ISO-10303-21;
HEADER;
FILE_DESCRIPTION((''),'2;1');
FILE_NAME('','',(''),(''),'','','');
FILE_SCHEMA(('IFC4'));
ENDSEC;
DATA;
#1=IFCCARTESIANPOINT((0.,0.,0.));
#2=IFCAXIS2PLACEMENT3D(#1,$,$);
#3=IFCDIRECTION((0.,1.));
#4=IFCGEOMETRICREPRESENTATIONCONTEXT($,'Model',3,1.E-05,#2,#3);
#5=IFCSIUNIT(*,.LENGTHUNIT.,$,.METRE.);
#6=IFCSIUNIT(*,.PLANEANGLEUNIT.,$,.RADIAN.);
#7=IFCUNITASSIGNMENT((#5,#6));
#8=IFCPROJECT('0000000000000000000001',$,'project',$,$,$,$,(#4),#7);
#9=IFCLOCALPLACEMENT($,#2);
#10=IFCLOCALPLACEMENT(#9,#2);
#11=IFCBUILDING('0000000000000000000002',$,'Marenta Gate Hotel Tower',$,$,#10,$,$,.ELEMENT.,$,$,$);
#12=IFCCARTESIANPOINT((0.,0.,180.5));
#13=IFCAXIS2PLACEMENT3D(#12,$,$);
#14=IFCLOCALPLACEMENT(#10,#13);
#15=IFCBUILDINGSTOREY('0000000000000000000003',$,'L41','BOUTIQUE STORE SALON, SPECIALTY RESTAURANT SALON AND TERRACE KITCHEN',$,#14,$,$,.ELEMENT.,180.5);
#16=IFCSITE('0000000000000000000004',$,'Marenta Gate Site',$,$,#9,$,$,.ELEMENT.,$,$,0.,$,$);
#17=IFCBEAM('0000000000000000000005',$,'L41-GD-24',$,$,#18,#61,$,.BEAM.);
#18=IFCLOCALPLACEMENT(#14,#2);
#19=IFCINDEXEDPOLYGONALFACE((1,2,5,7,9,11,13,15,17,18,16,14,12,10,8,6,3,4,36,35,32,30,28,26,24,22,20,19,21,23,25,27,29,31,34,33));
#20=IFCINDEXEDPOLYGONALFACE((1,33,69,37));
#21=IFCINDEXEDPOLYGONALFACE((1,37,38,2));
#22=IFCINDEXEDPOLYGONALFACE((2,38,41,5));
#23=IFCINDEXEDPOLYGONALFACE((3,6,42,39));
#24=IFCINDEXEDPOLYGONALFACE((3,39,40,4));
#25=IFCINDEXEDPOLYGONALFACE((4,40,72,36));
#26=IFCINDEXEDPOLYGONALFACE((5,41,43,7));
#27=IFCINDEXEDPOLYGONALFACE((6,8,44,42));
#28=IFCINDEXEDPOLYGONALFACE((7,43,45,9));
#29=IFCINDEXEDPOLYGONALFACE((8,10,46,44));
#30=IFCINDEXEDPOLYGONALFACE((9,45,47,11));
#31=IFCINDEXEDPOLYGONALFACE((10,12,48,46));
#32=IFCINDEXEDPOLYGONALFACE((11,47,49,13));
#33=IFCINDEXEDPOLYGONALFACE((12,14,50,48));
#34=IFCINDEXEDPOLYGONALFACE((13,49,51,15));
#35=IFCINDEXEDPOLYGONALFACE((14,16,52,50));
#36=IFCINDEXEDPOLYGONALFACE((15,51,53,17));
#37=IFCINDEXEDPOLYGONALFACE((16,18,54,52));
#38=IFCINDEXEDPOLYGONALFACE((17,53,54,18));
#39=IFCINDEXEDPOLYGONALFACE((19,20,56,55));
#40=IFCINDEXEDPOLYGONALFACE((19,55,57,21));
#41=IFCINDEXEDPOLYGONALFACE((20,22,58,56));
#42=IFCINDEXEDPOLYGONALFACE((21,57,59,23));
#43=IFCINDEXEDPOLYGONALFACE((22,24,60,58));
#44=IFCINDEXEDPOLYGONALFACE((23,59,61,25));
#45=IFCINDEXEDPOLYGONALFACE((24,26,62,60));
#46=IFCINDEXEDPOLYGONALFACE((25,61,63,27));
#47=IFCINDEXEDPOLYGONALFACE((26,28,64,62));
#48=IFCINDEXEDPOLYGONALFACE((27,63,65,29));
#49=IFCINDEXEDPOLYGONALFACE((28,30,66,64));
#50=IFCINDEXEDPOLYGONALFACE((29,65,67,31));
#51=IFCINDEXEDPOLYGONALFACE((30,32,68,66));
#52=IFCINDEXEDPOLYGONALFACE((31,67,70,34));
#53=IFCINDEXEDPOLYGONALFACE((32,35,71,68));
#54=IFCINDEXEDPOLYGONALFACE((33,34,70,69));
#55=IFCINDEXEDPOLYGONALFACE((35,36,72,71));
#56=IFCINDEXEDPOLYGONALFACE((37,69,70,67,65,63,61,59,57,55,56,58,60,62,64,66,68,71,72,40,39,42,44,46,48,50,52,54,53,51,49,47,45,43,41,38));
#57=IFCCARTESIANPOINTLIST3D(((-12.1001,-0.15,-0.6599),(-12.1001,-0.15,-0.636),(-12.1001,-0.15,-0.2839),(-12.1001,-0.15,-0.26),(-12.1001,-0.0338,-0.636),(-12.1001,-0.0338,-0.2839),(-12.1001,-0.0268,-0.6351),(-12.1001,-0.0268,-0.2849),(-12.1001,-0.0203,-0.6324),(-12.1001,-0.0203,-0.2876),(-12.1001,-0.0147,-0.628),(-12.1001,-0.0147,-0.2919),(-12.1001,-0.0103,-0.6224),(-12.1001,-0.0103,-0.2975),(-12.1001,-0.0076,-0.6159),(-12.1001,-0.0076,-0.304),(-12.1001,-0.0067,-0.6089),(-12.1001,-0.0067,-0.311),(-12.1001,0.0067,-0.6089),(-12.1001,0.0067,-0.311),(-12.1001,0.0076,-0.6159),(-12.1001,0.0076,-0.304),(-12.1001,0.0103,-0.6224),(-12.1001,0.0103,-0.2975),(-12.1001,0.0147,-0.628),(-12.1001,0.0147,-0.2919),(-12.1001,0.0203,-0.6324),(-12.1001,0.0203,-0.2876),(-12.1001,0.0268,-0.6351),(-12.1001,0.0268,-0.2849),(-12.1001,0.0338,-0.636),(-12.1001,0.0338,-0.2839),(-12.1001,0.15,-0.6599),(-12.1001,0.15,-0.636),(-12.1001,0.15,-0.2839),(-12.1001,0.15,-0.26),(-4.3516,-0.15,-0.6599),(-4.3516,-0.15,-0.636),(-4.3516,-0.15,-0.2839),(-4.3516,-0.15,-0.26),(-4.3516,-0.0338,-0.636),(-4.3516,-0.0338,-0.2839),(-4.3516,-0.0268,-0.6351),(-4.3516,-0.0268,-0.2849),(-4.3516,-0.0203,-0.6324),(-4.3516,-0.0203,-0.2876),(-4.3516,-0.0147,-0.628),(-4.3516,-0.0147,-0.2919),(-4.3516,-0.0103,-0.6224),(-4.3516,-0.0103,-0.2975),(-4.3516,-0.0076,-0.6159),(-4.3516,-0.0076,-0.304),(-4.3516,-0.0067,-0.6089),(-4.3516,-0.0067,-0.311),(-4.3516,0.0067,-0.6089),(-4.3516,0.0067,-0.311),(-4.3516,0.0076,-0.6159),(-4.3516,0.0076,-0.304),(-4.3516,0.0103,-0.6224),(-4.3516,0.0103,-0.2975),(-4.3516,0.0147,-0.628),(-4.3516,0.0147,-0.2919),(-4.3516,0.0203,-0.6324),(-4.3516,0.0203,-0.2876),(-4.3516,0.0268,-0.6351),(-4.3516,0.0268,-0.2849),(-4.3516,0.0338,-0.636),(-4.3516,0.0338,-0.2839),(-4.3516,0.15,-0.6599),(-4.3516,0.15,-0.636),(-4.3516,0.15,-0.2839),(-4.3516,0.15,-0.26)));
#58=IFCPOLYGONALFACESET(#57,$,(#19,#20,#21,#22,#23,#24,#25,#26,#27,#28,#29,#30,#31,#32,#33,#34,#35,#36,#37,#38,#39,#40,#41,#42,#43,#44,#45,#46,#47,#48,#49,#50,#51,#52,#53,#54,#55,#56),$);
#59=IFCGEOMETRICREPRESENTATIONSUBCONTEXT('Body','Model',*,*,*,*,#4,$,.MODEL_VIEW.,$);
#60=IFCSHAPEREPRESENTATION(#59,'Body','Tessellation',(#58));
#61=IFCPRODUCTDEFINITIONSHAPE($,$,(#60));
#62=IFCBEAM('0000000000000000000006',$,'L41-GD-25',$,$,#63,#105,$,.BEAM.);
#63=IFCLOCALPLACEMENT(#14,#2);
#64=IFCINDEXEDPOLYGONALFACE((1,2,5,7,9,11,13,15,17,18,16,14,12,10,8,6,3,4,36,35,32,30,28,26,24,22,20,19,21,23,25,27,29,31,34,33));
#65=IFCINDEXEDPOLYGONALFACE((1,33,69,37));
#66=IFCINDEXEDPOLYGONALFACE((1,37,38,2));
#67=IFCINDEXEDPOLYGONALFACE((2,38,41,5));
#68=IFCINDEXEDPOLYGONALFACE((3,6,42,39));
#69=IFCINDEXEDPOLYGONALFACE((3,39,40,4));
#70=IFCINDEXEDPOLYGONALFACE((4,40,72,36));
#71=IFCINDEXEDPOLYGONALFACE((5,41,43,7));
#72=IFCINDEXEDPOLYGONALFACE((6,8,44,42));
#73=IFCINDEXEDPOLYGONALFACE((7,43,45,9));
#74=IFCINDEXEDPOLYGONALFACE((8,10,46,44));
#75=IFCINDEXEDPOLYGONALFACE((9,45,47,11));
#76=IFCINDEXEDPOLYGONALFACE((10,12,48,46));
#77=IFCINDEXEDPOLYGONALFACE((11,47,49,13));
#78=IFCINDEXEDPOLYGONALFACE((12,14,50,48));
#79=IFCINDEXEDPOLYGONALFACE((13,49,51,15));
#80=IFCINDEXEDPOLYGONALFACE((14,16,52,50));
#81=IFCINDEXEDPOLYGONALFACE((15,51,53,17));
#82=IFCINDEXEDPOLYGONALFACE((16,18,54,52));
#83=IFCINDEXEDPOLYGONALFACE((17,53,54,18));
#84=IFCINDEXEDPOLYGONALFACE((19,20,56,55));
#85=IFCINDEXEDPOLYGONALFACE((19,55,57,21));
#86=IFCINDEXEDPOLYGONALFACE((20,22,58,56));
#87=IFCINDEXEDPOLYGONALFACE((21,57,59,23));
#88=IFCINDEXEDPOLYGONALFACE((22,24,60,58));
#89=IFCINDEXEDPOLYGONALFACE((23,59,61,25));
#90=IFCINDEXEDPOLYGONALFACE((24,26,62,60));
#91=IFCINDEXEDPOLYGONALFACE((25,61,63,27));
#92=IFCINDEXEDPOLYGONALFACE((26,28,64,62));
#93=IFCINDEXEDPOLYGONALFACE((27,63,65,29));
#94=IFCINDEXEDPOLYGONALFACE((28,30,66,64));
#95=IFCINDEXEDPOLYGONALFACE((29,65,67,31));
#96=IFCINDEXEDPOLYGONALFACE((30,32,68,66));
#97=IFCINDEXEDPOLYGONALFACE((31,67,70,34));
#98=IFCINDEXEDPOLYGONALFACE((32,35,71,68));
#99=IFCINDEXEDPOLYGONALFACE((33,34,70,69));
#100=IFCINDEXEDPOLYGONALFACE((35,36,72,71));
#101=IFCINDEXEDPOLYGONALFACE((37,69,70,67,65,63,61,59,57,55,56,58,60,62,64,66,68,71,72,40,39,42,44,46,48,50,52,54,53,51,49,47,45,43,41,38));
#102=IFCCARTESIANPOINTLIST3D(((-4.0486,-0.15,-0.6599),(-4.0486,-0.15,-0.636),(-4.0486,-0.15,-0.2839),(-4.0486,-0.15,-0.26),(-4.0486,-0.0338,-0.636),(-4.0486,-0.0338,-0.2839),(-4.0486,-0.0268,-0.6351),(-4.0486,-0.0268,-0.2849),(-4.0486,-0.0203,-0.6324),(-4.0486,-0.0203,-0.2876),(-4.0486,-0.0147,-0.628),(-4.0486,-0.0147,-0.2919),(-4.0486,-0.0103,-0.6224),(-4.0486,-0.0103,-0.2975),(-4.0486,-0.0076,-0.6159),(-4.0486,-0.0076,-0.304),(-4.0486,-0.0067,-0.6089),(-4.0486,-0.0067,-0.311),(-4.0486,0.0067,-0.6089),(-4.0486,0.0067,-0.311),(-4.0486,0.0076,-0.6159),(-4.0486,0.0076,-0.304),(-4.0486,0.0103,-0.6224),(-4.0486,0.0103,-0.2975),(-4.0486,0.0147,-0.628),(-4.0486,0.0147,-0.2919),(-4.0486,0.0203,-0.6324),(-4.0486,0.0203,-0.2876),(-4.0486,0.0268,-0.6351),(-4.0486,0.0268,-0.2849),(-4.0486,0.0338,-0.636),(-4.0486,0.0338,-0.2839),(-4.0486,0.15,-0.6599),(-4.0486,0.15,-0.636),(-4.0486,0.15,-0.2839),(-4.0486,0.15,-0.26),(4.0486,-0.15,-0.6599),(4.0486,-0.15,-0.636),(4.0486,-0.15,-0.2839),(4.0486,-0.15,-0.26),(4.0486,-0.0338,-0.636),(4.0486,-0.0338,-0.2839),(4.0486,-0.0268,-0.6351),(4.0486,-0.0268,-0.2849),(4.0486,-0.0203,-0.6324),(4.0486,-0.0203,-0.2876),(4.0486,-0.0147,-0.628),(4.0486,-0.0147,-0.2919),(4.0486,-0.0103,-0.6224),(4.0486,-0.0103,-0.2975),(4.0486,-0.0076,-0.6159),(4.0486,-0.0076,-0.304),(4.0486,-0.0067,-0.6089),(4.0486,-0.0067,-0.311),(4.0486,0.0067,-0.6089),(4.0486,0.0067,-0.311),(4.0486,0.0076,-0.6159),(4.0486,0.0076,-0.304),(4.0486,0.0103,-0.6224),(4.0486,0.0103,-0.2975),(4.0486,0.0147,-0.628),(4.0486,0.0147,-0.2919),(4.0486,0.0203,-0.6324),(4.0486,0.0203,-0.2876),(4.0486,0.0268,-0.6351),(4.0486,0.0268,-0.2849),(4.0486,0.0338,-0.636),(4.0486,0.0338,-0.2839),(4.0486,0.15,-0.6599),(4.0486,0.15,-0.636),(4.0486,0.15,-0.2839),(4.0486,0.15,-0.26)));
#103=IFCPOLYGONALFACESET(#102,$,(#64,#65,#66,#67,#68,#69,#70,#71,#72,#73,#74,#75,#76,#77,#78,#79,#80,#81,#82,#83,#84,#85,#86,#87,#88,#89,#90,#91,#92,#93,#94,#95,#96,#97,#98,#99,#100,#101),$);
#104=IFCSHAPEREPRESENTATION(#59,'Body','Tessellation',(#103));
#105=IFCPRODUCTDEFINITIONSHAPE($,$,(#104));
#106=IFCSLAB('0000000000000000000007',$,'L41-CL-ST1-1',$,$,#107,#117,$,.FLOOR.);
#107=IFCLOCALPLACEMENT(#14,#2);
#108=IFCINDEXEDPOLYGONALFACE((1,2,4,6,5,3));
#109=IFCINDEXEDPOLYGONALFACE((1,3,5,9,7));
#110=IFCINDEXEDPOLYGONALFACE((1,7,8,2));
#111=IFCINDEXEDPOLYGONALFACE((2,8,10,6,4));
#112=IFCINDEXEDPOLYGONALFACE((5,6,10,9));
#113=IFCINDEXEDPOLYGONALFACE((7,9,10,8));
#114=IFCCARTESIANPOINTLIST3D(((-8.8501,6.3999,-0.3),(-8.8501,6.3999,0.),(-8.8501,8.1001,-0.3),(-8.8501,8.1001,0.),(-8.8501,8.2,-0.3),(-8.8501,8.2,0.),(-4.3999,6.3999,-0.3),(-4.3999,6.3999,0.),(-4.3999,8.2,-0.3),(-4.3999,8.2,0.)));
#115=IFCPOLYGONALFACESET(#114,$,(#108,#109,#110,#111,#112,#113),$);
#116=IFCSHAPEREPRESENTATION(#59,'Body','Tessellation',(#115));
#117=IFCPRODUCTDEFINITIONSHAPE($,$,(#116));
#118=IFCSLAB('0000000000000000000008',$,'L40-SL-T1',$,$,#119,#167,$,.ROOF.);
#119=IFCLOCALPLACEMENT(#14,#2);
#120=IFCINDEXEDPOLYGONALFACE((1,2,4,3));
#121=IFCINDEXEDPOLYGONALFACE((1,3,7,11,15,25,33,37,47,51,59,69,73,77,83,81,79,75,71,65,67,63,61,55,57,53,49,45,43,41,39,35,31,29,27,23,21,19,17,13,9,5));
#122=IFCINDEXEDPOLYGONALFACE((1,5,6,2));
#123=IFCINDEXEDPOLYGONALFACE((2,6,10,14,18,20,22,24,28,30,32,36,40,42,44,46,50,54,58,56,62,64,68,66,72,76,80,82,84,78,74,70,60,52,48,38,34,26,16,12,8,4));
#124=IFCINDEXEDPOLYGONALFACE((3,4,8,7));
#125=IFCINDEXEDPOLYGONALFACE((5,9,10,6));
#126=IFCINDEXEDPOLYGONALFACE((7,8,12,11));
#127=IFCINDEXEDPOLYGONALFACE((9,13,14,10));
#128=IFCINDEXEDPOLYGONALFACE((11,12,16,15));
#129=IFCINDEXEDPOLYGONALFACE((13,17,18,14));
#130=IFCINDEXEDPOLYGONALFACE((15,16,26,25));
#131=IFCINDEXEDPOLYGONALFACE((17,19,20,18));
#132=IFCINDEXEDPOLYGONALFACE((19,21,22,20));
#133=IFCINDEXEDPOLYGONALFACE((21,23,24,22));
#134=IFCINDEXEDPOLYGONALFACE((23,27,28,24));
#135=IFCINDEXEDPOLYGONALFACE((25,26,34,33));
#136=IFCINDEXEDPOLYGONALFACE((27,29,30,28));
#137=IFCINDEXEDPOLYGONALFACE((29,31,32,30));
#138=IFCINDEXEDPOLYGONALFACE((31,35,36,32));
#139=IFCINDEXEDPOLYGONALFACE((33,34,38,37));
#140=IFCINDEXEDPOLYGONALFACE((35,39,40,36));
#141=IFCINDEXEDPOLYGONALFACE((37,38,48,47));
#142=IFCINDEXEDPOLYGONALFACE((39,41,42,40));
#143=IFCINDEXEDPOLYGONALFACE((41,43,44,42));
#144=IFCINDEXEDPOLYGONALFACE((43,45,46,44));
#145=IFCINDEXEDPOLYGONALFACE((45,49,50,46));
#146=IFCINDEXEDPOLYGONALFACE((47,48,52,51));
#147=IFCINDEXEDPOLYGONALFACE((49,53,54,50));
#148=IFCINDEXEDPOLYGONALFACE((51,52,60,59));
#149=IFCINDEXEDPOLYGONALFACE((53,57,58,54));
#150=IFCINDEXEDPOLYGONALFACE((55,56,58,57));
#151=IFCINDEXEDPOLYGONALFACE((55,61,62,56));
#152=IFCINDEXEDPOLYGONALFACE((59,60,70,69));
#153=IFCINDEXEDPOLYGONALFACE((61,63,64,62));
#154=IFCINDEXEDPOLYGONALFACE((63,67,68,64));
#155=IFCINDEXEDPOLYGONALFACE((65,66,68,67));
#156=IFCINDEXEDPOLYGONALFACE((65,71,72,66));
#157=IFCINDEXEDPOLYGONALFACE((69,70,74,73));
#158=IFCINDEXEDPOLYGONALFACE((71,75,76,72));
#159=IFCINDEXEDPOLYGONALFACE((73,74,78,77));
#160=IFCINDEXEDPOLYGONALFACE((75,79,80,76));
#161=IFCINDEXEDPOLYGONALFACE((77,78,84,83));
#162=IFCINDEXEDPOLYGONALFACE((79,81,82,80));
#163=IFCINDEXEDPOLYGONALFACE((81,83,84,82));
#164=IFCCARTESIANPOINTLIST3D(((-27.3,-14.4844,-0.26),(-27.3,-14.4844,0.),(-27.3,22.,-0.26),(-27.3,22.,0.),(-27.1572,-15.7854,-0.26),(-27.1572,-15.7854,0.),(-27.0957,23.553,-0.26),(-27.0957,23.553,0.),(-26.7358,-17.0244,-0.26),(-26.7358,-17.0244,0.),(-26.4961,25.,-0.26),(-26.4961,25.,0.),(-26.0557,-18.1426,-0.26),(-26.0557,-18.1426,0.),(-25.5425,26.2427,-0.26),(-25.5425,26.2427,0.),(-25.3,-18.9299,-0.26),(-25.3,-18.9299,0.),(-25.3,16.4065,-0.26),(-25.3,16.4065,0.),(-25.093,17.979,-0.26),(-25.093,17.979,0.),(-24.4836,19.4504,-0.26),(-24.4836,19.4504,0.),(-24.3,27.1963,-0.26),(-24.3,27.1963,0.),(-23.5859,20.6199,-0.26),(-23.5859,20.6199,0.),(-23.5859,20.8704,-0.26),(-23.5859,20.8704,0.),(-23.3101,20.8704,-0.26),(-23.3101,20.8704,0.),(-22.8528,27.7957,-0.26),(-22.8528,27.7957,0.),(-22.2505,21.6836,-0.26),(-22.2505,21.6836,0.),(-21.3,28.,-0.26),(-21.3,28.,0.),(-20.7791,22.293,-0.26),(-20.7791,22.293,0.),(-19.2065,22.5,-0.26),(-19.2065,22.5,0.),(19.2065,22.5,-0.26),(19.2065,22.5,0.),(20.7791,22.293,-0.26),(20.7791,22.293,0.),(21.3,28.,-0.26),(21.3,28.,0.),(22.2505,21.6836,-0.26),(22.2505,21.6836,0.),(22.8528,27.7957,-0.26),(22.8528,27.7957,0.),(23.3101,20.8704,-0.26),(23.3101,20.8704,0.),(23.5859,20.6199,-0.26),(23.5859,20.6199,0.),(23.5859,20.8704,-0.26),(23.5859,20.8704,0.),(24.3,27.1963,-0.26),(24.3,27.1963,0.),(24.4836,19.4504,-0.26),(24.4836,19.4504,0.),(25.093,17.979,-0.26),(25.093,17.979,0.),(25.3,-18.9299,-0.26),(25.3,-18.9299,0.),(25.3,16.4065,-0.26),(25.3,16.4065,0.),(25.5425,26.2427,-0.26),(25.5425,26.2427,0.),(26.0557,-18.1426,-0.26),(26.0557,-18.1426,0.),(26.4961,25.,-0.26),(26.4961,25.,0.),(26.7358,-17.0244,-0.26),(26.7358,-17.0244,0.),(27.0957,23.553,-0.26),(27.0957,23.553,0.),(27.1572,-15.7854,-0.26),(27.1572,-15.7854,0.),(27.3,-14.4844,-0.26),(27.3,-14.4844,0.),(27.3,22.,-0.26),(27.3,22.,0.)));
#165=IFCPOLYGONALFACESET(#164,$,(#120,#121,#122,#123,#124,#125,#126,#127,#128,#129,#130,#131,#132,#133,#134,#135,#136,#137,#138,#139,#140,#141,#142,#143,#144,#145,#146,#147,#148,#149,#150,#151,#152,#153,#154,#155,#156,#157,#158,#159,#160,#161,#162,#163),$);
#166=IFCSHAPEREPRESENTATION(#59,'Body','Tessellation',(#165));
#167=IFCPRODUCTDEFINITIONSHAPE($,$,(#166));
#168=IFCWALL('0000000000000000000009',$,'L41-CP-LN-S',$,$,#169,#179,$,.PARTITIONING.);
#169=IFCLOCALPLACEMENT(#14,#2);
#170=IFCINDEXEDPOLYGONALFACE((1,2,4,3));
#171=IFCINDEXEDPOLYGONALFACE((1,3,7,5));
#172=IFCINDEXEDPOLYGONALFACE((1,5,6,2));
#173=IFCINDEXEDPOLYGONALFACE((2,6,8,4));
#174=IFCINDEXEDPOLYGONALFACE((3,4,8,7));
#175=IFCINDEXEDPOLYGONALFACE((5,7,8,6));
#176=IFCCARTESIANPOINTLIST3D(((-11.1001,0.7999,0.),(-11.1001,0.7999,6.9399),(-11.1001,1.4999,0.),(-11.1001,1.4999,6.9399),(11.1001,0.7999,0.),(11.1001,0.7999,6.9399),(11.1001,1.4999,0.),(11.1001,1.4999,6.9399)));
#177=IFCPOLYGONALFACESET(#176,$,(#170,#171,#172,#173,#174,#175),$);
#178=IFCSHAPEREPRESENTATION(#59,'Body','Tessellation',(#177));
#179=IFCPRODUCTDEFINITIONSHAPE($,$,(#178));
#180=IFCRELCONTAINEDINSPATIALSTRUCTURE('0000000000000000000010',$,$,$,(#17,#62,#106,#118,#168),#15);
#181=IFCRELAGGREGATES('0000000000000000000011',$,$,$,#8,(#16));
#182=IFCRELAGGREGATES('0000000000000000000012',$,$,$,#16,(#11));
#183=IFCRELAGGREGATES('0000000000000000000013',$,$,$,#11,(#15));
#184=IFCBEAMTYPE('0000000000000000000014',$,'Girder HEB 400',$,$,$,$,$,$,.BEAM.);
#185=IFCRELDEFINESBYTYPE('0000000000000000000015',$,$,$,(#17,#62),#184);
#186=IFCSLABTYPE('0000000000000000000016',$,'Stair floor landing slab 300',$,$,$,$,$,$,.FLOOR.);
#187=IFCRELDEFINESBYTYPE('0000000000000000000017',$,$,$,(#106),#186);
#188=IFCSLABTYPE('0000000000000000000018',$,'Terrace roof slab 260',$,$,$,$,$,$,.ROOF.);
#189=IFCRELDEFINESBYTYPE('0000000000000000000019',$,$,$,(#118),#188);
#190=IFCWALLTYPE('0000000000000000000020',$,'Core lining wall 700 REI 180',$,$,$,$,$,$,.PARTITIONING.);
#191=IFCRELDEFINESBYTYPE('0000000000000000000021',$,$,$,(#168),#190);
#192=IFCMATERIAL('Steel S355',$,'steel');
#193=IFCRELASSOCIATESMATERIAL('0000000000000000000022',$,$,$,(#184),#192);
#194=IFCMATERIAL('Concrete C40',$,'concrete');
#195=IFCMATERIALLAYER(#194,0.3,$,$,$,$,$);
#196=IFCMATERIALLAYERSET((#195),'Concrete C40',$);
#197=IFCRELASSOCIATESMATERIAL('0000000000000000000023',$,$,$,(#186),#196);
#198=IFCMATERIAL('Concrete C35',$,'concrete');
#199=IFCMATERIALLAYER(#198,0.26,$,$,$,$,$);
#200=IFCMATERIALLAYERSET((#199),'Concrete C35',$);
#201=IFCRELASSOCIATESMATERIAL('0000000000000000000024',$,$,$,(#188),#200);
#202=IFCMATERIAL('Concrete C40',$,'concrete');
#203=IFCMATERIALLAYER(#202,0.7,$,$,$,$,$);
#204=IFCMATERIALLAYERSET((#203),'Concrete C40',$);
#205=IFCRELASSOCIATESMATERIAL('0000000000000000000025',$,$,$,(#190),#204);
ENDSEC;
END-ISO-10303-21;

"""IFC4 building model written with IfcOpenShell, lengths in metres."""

from ifc_helpers import new_model, si_unit, direction, frame, frame_2d, origin, origin_2d, place, context, subcontext, project, spatial, polyline, rectangle, i_section, outline, extrude, material, layer, layer_set, material_profile, profile_set, type_object, element, save


model = new_model("IFC4")

# Units and contexts
model_context = context("Model", 3, precision=1e-05, world=origin(), true_north=direction((0.0, 1.0)))
body_context = subcontext(model_context, "Body", "Model", "MODEL_VIEW")
ifc_project = project(units=[si_unit("LENGTHUNIT", "METRE"), si_unit("PLANEANGLEUNIT", "RADIAN")], contexts=[model_context])

# Site, building, storey
site_placement = place(None, origin())
site = spatial("IfcSite", under=ifc_project, at=site_placement, Name="Marenta Gate Site", CompositionType="ELEMENT", RefElevation=0.0)
building_placement = place(site_placement, origin())
building = spatial("IfcBuilding", under=site, at=building_placement, Name="Marenta Gate Hotel Tower", CompositionType="ELEMENT")
storey_placement = place(building_placement, frame((0.0, 0.0, 180.5)))
storey = spatial("IfcBuildingStorey", under=building, at=storey_placement, Name="L41", Description="BOUTIQUE STORE SALON, SPECIALTY RESTAURANT SALON AND TERRACE KITCHEN", CompositionType="ELEMENT", Elevation=180.5)

# Beams
ifc_material_1 = material(Name="Steel S355", Category="steel")
ifc_material_profile = material_profile(ifc_material_1, i_section(OverallWidth=0.3, OverallDepth=0.3999, WebThickness=0.0134, FlangeThickness=0.0239, FilletRadius=0.0271, at=origin_2d()), Name="HEB 400")
ifc_profile_set = profile_set([ifc_material_profile], Name="Steel S355")
beam_type = type_object("IfcBeamType", Name="Girder HEB 400", PredefinedType="BEAM", material=ifc_profile_set)
beam_1_placement = place(storey_placement, frame((-12.1001, 0.0, -0.46), z_axis=(1.0, 0.0, 0.0), x_axis=(0.0, 1.0, 0.0)))
element("IfcBeam", 1, at=beam_1_placement, inside=storey, type_object=beam_type, Name="L41-GD-24", PredefinedType="BEAM", context=body_context, shape_type="SweptSolid", body=[
    extrude(i_section(OverallWidth=0.3, OverallDepth=0.3999, WebThickness=0.0134, FlangeThickness=0.0239, FilletRadius=0.0271, at=origin_2d()), origin(), (0.0, 0.0, 1.0), 7.7485),
])
beam_2_placement = place(storey_placement, frame((-4.0486, 0.0, -0.46), z_axis=(1.0, 0.0, 0.0), x_axis=(0.0, 1.0, 0.0)))
element("IfcBeam", 2, at=beam_2_placement, inside=storey, type_object=beam_type, Name="L41-GD-25", PredefinedType="BEAM", context=body_context, shape_type="SweptSolid", body=[
    extrude(i_section(OverallWidth=0.3, OverallDepth=0.3999, WebThickness=0.0134, FlangeThickness=0.0239, FilletRadius=0.0271, at=origin_2d()), origin(), (0.0, 0.0, 1.0), 8.0972),
])

# Slabs
ifc_material_2 = material(Name="Concrete C40", Category="concrete")
ifc_layer_1 = layer(ifc_material_2, 0.3)
ifc_layer_set_1 = layer_set([ifc_layer_1], Name="Concrete C40")
slab_type_1 = type_object("IfcSlabType", Name="Stair floor landing slab 300", PredefinedType="FLOOR", material=ifc_layer_set_1)
slab_1_placement = place(storey_placement, frame((0.0, 0.0, -0.3)))
element("IfcSlab", 3, at=slab_1_placement, inside=storey, type_object=slab_type_1, Name="L41-CL-ST1-1", PredefinedType="FLOOR", context=body_context, shape_type="SweptSolid", body=[
    extrude(outline(polyline([(-4.3999, 6.3999), (-8.8501, 6.3999), (-8.8501, 8.1001), (-8.8501, 8.2), (-4.3999, 8.2), (-4.3999, 6.3999)])), origin(), (0.0, 0.0, 1.0), 0.3),
])
ifc_material_3 = material(Name="Concrete C35", Category="concrete")
ifc_layer_2 = layer(ifc_material_3, 0.26)
ifc_layer_set_2 = layer_set([ifc_layer_2], Name="Concrete C35")
slab_type_2 = type_object("IfcSlabType", Name="Terrace roof slab 260", PredefinedType="ROOF", material=ifc_layer_set_2)
slab_2_placement = place(storey_placement, frame((0.0, 0.0, -0.26)))
element("IfcSlab", 4, at=slab_2_placement, inside=storey, type_object=slab_type_2, Name="L40-SL-T1", PredefinedType="ROOF", context=body_context, shape_type="SweptSolid", body=[
    extrude(outline(polyline([(-27.3, -14.4844), (-27.3, 22.0), (-27.0957, 23.553), (-26.4961, 25.0), (-25.5425, 26.2427), (-24.3, 27.1963), (-22.8528, 27.7957), (-21.3, 28.0), (21.3, 28.0), (22.8528, 27.7957), (24.3, 27.1963), (25.5425, 26.2427), (26.4961, 25.0), (27.0957, 23.553), (27.3, 22.0), (27.3, -14.4844), (27.1572, -15.7854), (26.7358, -17.0244), (26.0557, -18.1426), (25.3, -18.9299), (25.3, 16.4065), (25.093, 17.979), (24.4836, 19.4504), (23.5859, 20.6199), (23.5859, 20.8704), (23.3101, 20.8704), (22.2505, 21.6836), (20.7791, 22.293), (19.2065, 22.5), (-19.2065, 22.5), (-20.7791, 22.293), (-22.2505, 21.6836), (-23.3101, 20.8704), (-23.5859, 20.8704), (-23.5859, 20.6199), (-24.4836, 19.4504), (-25.093, 17.979), (-25.3, 16.4065), (-25.3, -18.9299), (-26.0557, -18.1426), (-26.7358, -17.0244), (-27.1572, -15.7854), (-27.3, -14.4844)])), origin(), (0.0, 0.0, 1.0), 0.26),
])

# Wall
ifc_material_4 = material(Name="Concrete C40", Category="concrete")
ifc_layer_3 = layer(ifc_material_4, 0.7)
ifc_layer_set_3 = layer_set([ifc_layer_3], Name="Concrete C40")
wall_type_1 = type_object("IfcWallType", Name="Core lining wall 700 REI 180", PredefinedType="PARTITIONING", material=ifc_layer_set_3)
wall_1_placement = place(storey_placement, frame((-11.1001, 1.1499, 0.0), z_axis=(0.0, 0.0, 1.0), x_axis=(1.0, 0.0, 0.0)))
element("IfcWall", 5, at=wall_1_placement, inside=storey, type_object=wall_type_1, Name="L41-CP-LN-S", PredefinedType="PARTITIONING", context=body_context, shape_type="SweptSolid", body=[
    extrude(rectangle(XDim=22.2002, YDim=0.7, at=frame_2d((11.1001, 0.0))), origin(), (0.0, 0.0, 1.0), 6.9399),
])

save(model, "model.ifc")
